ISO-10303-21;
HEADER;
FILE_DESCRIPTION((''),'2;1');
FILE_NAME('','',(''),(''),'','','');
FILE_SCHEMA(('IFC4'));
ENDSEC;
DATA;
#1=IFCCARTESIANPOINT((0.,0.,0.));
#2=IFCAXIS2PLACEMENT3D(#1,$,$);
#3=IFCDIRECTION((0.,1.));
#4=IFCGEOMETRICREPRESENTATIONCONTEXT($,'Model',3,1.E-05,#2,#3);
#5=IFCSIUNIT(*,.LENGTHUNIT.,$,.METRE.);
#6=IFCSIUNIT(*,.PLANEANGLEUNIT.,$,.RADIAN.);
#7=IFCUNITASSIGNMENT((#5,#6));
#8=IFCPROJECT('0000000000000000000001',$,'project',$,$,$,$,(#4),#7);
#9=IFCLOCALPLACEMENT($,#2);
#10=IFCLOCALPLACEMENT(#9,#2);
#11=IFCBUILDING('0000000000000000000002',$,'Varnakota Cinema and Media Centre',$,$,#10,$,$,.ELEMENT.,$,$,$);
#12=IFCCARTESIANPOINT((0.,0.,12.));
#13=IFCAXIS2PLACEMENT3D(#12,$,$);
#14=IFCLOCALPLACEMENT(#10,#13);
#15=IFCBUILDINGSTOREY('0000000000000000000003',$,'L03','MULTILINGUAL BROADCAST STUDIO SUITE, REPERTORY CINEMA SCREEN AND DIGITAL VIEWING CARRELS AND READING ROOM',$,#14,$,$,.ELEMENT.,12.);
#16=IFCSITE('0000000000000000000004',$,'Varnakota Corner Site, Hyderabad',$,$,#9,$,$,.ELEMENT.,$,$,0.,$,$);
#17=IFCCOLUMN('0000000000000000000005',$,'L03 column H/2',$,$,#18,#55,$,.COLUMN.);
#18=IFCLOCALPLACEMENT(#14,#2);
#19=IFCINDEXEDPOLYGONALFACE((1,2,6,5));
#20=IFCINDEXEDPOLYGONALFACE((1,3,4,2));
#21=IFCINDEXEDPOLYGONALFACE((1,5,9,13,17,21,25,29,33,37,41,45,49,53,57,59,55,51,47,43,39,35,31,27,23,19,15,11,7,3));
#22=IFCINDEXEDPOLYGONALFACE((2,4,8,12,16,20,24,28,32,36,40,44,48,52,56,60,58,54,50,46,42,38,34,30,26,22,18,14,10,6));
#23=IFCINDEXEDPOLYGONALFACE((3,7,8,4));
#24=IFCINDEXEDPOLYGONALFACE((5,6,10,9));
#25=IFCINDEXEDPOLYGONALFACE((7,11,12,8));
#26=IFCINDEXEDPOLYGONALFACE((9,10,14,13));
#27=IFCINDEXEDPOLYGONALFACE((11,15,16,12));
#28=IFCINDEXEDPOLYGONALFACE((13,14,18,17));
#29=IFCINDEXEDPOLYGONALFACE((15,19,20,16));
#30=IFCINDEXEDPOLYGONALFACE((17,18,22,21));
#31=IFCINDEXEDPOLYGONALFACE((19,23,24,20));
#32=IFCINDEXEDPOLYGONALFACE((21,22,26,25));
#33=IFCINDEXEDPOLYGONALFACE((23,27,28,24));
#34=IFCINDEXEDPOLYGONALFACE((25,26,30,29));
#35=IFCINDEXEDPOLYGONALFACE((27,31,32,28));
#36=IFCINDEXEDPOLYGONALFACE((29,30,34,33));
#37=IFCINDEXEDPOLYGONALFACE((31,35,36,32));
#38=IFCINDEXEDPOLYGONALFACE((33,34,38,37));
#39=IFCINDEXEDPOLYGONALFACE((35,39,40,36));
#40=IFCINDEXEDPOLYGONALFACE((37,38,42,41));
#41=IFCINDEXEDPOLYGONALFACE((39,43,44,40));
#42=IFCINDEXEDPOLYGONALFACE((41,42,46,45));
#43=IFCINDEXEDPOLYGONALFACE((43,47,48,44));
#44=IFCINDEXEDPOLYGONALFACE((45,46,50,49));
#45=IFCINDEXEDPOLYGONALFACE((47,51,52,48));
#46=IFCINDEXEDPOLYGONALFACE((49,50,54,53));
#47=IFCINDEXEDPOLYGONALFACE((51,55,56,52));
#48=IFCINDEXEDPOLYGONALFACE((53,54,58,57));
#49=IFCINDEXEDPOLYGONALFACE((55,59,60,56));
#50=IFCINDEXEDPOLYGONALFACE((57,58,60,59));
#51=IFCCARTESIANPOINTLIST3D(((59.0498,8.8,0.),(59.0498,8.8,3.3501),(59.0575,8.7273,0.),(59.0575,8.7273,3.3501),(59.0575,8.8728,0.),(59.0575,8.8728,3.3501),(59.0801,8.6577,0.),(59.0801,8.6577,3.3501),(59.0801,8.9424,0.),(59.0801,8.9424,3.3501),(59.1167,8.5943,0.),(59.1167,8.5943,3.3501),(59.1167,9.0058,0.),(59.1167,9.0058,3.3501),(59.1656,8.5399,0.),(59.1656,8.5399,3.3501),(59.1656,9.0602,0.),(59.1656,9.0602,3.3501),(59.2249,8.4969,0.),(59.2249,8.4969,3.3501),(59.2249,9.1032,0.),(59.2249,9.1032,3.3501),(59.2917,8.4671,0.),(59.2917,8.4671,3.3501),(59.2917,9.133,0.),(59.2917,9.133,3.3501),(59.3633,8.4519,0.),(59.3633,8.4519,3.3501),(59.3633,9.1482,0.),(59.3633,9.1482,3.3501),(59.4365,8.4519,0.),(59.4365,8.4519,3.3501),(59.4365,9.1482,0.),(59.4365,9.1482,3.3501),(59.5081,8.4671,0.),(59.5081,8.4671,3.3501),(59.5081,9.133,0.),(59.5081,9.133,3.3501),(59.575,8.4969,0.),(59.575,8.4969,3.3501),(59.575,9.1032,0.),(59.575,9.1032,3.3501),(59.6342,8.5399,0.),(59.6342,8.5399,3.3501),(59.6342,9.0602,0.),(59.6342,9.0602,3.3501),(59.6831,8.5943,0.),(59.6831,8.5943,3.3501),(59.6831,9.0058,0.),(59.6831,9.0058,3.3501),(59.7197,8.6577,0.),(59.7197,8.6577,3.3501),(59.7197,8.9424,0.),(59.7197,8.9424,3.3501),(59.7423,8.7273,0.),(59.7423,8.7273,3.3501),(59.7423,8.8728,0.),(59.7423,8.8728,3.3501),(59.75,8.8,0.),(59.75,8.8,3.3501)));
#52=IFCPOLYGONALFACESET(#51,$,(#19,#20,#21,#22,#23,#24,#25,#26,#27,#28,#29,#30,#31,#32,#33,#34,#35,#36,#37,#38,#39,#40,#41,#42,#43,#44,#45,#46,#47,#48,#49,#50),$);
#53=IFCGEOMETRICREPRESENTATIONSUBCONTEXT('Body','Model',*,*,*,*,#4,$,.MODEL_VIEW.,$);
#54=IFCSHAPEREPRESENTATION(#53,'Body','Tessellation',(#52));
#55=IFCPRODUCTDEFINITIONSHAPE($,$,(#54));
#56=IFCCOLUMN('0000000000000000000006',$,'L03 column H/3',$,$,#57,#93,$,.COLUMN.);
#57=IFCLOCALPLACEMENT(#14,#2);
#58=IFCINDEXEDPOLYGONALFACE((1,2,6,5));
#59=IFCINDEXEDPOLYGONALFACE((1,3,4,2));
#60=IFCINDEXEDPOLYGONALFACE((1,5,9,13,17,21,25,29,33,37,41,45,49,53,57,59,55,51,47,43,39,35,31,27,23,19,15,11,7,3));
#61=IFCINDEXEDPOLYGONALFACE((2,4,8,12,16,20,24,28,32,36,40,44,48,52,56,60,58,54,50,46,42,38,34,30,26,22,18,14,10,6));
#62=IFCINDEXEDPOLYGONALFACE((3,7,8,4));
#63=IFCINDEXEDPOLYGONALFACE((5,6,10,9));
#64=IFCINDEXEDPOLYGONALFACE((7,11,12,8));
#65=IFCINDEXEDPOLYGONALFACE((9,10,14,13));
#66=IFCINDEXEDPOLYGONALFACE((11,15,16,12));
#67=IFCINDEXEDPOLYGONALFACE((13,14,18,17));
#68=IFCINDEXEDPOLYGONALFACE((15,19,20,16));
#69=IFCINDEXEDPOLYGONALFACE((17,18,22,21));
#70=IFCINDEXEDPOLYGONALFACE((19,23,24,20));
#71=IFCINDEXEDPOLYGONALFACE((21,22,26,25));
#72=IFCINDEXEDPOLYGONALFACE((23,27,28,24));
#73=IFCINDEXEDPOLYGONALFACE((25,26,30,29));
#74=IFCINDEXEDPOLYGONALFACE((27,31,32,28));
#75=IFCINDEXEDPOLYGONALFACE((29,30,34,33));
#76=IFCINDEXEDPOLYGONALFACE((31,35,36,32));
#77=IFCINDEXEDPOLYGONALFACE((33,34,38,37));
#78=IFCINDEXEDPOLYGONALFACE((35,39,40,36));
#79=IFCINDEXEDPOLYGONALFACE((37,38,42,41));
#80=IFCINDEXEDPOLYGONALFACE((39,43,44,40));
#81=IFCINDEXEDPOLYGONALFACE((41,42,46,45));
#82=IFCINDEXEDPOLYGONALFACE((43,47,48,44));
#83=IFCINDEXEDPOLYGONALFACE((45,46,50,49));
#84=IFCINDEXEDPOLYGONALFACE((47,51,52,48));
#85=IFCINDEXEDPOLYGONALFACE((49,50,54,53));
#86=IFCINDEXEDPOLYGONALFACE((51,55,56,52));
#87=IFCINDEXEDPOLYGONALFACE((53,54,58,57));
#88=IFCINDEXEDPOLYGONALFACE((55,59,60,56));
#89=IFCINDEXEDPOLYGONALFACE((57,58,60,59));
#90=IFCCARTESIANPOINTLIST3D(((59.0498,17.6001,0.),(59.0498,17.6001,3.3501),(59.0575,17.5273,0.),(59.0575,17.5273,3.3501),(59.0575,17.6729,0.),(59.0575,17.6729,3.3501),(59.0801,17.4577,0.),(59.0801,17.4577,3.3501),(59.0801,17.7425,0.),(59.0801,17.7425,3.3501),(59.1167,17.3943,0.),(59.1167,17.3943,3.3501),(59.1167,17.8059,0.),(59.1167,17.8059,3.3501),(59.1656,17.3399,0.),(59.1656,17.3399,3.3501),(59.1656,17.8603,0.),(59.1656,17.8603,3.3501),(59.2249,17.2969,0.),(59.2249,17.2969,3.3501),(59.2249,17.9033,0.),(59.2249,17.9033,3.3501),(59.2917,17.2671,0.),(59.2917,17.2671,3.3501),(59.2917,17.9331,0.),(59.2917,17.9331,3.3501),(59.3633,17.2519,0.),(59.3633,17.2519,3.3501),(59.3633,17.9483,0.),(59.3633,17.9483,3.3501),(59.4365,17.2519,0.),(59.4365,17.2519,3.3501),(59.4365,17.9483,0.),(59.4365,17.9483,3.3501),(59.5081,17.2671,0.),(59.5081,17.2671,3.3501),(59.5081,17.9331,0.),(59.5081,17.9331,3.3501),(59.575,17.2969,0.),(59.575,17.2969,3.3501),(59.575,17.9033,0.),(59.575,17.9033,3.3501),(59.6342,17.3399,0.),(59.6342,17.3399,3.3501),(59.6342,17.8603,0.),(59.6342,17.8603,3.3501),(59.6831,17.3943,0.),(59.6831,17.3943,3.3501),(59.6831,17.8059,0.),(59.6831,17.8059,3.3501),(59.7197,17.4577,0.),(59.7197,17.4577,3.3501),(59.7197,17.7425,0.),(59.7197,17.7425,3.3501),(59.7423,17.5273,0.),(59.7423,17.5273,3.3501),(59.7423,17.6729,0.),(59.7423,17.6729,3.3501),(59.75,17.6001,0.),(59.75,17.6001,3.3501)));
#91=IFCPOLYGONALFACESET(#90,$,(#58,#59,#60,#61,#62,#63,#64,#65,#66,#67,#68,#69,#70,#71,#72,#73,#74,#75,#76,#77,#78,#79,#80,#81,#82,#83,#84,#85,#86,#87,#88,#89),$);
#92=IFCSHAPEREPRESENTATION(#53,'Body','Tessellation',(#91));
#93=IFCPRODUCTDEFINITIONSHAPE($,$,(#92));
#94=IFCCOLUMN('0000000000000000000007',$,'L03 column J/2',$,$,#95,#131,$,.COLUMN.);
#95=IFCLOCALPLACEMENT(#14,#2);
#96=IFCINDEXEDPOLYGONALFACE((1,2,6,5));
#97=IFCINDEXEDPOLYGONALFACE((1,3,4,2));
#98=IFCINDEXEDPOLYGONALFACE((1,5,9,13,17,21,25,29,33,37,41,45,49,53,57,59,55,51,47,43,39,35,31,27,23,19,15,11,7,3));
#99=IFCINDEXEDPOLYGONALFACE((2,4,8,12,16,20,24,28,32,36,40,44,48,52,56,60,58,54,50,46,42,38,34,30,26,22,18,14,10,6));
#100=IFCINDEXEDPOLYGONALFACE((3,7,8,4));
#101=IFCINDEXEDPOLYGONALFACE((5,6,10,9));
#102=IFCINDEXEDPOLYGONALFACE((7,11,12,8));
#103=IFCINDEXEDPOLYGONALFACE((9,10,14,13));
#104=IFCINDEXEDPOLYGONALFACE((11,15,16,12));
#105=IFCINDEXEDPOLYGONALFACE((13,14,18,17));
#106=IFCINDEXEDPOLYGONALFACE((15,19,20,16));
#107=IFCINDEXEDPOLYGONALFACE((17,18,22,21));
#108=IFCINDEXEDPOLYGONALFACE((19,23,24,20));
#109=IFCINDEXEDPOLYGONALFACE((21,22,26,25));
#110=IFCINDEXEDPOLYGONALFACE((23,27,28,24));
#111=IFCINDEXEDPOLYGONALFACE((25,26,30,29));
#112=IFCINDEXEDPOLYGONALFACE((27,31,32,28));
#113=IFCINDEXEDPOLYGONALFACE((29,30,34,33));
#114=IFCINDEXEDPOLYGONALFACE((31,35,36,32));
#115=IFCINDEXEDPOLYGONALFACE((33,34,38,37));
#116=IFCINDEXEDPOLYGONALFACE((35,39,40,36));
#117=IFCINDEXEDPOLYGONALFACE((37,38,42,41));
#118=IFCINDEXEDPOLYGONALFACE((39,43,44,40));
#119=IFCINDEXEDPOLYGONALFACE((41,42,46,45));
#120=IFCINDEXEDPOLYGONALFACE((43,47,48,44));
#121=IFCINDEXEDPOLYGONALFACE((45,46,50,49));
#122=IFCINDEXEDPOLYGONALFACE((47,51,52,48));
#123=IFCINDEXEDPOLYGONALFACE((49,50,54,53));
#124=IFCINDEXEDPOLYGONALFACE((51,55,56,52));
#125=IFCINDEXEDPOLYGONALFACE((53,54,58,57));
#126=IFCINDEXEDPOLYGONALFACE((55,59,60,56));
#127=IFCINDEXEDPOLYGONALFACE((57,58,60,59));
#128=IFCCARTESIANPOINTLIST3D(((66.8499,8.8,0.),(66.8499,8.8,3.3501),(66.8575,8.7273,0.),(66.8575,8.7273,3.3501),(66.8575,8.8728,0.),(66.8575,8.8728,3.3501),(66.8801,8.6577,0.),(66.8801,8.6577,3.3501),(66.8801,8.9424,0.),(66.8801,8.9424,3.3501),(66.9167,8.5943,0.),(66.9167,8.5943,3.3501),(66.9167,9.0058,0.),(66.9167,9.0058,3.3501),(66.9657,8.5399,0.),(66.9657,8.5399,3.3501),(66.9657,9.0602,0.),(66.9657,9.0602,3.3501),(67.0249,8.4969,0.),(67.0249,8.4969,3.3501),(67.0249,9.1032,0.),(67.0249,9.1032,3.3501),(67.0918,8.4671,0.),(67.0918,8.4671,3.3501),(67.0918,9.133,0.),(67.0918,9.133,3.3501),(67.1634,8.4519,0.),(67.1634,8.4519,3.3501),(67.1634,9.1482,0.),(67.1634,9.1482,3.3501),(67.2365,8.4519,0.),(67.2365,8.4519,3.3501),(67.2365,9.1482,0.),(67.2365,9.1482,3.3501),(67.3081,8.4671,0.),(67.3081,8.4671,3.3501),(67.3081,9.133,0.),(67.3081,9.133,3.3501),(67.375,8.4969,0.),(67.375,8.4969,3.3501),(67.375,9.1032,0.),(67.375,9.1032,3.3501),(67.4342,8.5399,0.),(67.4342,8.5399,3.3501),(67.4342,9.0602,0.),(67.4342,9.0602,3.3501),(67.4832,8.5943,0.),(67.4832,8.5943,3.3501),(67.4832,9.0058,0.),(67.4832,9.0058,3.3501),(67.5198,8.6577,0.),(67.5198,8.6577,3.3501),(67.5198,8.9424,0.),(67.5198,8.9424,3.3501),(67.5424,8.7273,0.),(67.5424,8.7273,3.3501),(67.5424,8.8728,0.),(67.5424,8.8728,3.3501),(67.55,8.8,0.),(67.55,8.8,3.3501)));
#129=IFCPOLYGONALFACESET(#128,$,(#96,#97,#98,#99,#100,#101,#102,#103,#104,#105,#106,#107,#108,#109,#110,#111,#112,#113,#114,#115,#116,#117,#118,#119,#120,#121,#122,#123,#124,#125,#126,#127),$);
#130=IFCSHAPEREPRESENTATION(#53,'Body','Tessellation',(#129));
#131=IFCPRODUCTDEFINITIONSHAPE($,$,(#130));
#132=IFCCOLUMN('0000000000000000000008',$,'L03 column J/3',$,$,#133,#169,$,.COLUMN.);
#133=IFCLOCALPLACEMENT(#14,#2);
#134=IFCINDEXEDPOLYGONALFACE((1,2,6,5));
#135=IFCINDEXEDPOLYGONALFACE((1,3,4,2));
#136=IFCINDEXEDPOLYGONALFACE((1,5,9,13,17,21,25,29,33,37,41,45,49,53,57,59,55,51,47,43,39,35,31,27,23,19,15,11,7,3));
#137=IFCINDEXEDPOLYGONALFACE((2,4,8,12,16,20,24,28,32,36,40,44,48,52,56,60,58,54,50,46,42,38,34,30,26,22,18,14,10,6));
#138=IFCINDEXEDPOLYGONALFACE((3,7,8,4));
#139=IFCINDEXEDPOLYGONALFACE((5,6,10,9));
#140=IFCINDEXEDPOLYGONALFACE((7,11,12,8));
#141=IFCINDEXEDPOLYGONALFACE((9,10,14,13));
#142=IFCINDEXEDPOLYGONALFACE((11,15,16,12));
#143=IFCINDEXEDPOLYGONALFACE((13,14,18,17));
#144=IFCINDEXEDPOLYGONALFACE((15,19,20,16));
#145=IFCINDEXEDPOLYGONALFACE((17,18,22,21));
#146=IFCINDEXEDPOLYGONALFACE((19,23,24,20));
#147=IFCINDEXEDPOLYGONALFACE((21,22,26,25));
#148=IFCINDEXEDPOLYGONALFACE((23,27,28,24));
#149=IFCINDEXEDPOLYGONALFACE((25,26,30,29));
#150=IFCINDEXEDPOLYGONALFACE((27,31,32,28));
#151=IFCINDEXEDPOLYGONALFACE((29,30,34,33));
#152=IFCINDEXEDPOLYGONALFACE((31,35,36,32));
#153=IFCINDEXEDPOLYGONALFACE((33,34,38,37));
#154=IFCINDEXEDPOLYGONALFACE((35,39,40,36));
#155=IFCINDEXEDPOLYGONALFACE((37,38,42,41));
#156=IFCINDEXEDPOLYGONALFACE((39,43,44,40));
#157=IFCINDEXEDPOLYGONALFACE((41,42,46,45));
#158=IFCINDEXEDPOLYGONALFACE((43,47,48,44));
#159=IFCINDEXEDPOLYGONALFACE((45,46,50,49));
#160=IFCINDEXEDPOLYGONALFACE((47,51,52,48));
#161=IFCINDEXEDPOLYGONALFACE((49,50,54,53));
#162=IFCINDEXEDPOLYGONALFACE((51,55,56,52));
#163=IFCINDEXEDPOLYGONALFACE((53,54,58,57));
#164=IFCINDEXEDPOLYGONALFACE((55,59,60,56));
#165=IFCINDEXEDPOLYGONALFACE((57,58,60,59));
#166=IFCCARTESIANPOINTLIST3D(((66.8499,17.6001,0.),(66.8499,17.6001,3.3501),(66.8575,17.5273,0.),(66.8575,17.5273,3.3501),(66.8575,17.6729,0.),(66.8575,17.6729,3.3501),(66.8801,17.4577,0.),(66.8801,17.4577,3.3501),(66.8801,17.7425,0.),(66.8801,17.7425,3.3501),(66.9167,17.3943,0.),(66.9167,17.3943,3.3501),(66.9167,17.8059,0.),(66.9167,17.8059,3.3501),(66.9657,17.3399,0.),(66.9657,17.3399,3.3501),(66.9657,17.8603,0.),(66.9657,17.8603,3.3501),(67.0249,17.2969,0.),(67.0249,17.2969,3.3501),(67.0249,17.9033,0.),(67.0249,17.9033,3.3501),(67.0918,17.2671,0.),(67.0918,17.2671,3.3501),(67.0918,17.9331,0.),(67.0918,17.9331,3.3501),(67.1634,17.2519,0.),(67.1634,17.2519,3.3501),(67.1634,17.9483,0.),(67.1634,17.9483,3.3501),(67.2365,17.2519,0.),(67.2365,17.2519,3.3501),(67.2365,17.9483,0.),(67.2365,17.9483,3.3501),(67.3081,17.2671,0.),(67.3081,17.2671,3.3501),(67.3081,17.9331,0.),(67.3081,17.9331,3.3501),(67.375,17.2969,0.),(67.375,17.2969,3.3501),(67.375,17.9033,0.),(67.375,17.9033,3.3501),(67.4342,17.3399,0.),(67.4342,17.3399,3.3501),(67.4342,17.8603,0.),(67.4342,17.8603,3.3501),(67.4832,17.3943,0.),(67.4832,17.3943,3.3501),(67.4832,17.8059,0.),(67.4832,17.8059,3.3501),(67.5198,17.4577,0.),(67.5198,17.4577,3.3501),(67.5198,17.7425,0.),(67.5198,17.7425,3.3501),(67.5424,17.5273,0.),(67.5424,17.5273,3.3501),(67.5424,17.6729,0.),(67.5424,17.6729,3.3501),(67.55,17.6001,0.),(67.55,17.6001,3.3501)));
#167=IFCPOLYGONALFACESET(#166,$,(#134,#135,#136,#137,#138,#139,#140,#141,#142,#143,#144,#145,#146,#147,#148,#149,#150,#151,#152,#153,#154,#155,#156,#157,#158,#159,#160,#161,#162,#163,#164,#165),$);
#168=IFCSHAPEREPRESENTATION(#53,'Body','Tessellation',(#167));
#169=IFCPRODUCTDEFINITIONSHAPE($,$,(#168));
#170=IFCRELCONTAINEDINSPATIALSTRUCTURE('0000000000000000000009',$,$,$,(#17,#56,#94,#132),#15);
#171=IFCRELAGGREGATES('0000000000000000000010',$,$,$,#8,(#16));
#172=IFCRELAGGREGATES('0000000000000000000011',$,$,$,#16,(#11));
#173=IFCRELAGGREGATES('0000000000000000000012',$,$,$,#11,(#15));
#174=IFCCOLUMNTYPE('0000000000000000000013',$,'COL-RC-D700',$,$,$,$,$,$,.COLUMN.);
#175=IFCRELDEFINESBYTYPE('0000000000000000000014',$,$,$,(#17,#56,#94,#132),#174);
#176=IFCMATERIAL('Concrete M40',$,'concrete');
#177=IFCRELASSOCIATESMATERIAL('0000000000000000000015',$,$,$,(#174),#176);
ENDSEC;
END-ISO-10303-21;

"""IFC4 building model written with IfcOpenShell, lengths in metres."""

from ifc_helpers import new_model, si_unit, direction, frame, origin, origin_2d, place, context, subcontext, project, spatial, circle, extrude, material, material_profile, profile_set, type_object, element, save


model = new_model("IFC4")

# Units and contexts
model_context = context("Model", 3, precision=1e-05, world=origin(), true_north=direction((0.0, 1.0)))
body_context = subcontext(model_context, "Body", "Model", "MODEL_VIEW")
ifc_project = project(units=[si_unit("LENGTHUNIT", "METRE"), si_unit("PLANEANGLEUNIT", "RADIAN")], contexts=[model_context])

# Site, building, storey
site_placement = place(None, origin())
site = spatial("IfcSite", under=ifc_project, at=site_placement, Name="Varnakota Corner Site, Hyderabad", CompositionType="ELEMENT", RefElevation=0.0)
building_placement = place(site_placement, origin())
building = spatial("IfcBuilding", under=site, at=building_placement, Name="Varnakota Cinema and Media Centre", CompositionType="ELEMENT")
storey_placement = place(building_placement, frame((0.0, 0.0, 12.0)))
storey = spatial("IfcBuildingStorey", under=building, at=storey_placement, Name="L03", Description="MULTILINGUAL BROADCAST STUDIO SUITE, REPERTORY CINEMA SCREEN AND DIGITAL VIEWING CARRELS AND READING ROOM", CompositionType="ELEMENT", Elevation=12.0)

# Columns
ifc_material_1 = material(Name="Concrete M40", Category="concrete")
ifc_material_profile_1 = material_profile(ifc_material_1, circle(Radius=0.3501, at=origin_2d()), Name="RC D700")
ifc_profile_set_1 = profile_set([ifc_material_profile_1], Name="Concrete M40")
column_type_1 = type_object("IfcColumnType", Name="COL-RC-D700", PredefinedType="COLUMN", material=ifc_profile_set_1)
for number, where, z_axis, x_axis, name in (
    (1, (59.3999, 8.8, 0.0), (0.0, 0.0, 1.0), (1.0, 0.0, 0.0), "L03 column H/2"),
    (2, (59.3999, 17.6001, 0.0), (0.0, 0.0, 1.0), (1.0, 0.0, 0.0), "L03 column H/3"),
    (3, (67.2, 8.8, 0.0), (0.0, 0.0, 1.0), (1.0, 0.0, 0.0), "L03 column J/2"),
    (4, (67.2, 17.6001, 0.0), (0.0, 0.0, 1.0), (1.0, 0.0, 0.0), "L03 column J/3"),
):
    element("IfcColumn", number, at=place(storey_placement, frame(where, z_axis=z_axis, x_axis=x_axis)), inside=storey, type_object=column_type_1, Name=name, PredefinedType="COLUMN", context=body_context, shape_type="SweptSolid", body=[
        extrude(circle(Radius=0.3501, at=origin_2d()), origin(), (0.0, 0.0, 1.0), 3.3501),
    ])

save(model, "model.ifc")
